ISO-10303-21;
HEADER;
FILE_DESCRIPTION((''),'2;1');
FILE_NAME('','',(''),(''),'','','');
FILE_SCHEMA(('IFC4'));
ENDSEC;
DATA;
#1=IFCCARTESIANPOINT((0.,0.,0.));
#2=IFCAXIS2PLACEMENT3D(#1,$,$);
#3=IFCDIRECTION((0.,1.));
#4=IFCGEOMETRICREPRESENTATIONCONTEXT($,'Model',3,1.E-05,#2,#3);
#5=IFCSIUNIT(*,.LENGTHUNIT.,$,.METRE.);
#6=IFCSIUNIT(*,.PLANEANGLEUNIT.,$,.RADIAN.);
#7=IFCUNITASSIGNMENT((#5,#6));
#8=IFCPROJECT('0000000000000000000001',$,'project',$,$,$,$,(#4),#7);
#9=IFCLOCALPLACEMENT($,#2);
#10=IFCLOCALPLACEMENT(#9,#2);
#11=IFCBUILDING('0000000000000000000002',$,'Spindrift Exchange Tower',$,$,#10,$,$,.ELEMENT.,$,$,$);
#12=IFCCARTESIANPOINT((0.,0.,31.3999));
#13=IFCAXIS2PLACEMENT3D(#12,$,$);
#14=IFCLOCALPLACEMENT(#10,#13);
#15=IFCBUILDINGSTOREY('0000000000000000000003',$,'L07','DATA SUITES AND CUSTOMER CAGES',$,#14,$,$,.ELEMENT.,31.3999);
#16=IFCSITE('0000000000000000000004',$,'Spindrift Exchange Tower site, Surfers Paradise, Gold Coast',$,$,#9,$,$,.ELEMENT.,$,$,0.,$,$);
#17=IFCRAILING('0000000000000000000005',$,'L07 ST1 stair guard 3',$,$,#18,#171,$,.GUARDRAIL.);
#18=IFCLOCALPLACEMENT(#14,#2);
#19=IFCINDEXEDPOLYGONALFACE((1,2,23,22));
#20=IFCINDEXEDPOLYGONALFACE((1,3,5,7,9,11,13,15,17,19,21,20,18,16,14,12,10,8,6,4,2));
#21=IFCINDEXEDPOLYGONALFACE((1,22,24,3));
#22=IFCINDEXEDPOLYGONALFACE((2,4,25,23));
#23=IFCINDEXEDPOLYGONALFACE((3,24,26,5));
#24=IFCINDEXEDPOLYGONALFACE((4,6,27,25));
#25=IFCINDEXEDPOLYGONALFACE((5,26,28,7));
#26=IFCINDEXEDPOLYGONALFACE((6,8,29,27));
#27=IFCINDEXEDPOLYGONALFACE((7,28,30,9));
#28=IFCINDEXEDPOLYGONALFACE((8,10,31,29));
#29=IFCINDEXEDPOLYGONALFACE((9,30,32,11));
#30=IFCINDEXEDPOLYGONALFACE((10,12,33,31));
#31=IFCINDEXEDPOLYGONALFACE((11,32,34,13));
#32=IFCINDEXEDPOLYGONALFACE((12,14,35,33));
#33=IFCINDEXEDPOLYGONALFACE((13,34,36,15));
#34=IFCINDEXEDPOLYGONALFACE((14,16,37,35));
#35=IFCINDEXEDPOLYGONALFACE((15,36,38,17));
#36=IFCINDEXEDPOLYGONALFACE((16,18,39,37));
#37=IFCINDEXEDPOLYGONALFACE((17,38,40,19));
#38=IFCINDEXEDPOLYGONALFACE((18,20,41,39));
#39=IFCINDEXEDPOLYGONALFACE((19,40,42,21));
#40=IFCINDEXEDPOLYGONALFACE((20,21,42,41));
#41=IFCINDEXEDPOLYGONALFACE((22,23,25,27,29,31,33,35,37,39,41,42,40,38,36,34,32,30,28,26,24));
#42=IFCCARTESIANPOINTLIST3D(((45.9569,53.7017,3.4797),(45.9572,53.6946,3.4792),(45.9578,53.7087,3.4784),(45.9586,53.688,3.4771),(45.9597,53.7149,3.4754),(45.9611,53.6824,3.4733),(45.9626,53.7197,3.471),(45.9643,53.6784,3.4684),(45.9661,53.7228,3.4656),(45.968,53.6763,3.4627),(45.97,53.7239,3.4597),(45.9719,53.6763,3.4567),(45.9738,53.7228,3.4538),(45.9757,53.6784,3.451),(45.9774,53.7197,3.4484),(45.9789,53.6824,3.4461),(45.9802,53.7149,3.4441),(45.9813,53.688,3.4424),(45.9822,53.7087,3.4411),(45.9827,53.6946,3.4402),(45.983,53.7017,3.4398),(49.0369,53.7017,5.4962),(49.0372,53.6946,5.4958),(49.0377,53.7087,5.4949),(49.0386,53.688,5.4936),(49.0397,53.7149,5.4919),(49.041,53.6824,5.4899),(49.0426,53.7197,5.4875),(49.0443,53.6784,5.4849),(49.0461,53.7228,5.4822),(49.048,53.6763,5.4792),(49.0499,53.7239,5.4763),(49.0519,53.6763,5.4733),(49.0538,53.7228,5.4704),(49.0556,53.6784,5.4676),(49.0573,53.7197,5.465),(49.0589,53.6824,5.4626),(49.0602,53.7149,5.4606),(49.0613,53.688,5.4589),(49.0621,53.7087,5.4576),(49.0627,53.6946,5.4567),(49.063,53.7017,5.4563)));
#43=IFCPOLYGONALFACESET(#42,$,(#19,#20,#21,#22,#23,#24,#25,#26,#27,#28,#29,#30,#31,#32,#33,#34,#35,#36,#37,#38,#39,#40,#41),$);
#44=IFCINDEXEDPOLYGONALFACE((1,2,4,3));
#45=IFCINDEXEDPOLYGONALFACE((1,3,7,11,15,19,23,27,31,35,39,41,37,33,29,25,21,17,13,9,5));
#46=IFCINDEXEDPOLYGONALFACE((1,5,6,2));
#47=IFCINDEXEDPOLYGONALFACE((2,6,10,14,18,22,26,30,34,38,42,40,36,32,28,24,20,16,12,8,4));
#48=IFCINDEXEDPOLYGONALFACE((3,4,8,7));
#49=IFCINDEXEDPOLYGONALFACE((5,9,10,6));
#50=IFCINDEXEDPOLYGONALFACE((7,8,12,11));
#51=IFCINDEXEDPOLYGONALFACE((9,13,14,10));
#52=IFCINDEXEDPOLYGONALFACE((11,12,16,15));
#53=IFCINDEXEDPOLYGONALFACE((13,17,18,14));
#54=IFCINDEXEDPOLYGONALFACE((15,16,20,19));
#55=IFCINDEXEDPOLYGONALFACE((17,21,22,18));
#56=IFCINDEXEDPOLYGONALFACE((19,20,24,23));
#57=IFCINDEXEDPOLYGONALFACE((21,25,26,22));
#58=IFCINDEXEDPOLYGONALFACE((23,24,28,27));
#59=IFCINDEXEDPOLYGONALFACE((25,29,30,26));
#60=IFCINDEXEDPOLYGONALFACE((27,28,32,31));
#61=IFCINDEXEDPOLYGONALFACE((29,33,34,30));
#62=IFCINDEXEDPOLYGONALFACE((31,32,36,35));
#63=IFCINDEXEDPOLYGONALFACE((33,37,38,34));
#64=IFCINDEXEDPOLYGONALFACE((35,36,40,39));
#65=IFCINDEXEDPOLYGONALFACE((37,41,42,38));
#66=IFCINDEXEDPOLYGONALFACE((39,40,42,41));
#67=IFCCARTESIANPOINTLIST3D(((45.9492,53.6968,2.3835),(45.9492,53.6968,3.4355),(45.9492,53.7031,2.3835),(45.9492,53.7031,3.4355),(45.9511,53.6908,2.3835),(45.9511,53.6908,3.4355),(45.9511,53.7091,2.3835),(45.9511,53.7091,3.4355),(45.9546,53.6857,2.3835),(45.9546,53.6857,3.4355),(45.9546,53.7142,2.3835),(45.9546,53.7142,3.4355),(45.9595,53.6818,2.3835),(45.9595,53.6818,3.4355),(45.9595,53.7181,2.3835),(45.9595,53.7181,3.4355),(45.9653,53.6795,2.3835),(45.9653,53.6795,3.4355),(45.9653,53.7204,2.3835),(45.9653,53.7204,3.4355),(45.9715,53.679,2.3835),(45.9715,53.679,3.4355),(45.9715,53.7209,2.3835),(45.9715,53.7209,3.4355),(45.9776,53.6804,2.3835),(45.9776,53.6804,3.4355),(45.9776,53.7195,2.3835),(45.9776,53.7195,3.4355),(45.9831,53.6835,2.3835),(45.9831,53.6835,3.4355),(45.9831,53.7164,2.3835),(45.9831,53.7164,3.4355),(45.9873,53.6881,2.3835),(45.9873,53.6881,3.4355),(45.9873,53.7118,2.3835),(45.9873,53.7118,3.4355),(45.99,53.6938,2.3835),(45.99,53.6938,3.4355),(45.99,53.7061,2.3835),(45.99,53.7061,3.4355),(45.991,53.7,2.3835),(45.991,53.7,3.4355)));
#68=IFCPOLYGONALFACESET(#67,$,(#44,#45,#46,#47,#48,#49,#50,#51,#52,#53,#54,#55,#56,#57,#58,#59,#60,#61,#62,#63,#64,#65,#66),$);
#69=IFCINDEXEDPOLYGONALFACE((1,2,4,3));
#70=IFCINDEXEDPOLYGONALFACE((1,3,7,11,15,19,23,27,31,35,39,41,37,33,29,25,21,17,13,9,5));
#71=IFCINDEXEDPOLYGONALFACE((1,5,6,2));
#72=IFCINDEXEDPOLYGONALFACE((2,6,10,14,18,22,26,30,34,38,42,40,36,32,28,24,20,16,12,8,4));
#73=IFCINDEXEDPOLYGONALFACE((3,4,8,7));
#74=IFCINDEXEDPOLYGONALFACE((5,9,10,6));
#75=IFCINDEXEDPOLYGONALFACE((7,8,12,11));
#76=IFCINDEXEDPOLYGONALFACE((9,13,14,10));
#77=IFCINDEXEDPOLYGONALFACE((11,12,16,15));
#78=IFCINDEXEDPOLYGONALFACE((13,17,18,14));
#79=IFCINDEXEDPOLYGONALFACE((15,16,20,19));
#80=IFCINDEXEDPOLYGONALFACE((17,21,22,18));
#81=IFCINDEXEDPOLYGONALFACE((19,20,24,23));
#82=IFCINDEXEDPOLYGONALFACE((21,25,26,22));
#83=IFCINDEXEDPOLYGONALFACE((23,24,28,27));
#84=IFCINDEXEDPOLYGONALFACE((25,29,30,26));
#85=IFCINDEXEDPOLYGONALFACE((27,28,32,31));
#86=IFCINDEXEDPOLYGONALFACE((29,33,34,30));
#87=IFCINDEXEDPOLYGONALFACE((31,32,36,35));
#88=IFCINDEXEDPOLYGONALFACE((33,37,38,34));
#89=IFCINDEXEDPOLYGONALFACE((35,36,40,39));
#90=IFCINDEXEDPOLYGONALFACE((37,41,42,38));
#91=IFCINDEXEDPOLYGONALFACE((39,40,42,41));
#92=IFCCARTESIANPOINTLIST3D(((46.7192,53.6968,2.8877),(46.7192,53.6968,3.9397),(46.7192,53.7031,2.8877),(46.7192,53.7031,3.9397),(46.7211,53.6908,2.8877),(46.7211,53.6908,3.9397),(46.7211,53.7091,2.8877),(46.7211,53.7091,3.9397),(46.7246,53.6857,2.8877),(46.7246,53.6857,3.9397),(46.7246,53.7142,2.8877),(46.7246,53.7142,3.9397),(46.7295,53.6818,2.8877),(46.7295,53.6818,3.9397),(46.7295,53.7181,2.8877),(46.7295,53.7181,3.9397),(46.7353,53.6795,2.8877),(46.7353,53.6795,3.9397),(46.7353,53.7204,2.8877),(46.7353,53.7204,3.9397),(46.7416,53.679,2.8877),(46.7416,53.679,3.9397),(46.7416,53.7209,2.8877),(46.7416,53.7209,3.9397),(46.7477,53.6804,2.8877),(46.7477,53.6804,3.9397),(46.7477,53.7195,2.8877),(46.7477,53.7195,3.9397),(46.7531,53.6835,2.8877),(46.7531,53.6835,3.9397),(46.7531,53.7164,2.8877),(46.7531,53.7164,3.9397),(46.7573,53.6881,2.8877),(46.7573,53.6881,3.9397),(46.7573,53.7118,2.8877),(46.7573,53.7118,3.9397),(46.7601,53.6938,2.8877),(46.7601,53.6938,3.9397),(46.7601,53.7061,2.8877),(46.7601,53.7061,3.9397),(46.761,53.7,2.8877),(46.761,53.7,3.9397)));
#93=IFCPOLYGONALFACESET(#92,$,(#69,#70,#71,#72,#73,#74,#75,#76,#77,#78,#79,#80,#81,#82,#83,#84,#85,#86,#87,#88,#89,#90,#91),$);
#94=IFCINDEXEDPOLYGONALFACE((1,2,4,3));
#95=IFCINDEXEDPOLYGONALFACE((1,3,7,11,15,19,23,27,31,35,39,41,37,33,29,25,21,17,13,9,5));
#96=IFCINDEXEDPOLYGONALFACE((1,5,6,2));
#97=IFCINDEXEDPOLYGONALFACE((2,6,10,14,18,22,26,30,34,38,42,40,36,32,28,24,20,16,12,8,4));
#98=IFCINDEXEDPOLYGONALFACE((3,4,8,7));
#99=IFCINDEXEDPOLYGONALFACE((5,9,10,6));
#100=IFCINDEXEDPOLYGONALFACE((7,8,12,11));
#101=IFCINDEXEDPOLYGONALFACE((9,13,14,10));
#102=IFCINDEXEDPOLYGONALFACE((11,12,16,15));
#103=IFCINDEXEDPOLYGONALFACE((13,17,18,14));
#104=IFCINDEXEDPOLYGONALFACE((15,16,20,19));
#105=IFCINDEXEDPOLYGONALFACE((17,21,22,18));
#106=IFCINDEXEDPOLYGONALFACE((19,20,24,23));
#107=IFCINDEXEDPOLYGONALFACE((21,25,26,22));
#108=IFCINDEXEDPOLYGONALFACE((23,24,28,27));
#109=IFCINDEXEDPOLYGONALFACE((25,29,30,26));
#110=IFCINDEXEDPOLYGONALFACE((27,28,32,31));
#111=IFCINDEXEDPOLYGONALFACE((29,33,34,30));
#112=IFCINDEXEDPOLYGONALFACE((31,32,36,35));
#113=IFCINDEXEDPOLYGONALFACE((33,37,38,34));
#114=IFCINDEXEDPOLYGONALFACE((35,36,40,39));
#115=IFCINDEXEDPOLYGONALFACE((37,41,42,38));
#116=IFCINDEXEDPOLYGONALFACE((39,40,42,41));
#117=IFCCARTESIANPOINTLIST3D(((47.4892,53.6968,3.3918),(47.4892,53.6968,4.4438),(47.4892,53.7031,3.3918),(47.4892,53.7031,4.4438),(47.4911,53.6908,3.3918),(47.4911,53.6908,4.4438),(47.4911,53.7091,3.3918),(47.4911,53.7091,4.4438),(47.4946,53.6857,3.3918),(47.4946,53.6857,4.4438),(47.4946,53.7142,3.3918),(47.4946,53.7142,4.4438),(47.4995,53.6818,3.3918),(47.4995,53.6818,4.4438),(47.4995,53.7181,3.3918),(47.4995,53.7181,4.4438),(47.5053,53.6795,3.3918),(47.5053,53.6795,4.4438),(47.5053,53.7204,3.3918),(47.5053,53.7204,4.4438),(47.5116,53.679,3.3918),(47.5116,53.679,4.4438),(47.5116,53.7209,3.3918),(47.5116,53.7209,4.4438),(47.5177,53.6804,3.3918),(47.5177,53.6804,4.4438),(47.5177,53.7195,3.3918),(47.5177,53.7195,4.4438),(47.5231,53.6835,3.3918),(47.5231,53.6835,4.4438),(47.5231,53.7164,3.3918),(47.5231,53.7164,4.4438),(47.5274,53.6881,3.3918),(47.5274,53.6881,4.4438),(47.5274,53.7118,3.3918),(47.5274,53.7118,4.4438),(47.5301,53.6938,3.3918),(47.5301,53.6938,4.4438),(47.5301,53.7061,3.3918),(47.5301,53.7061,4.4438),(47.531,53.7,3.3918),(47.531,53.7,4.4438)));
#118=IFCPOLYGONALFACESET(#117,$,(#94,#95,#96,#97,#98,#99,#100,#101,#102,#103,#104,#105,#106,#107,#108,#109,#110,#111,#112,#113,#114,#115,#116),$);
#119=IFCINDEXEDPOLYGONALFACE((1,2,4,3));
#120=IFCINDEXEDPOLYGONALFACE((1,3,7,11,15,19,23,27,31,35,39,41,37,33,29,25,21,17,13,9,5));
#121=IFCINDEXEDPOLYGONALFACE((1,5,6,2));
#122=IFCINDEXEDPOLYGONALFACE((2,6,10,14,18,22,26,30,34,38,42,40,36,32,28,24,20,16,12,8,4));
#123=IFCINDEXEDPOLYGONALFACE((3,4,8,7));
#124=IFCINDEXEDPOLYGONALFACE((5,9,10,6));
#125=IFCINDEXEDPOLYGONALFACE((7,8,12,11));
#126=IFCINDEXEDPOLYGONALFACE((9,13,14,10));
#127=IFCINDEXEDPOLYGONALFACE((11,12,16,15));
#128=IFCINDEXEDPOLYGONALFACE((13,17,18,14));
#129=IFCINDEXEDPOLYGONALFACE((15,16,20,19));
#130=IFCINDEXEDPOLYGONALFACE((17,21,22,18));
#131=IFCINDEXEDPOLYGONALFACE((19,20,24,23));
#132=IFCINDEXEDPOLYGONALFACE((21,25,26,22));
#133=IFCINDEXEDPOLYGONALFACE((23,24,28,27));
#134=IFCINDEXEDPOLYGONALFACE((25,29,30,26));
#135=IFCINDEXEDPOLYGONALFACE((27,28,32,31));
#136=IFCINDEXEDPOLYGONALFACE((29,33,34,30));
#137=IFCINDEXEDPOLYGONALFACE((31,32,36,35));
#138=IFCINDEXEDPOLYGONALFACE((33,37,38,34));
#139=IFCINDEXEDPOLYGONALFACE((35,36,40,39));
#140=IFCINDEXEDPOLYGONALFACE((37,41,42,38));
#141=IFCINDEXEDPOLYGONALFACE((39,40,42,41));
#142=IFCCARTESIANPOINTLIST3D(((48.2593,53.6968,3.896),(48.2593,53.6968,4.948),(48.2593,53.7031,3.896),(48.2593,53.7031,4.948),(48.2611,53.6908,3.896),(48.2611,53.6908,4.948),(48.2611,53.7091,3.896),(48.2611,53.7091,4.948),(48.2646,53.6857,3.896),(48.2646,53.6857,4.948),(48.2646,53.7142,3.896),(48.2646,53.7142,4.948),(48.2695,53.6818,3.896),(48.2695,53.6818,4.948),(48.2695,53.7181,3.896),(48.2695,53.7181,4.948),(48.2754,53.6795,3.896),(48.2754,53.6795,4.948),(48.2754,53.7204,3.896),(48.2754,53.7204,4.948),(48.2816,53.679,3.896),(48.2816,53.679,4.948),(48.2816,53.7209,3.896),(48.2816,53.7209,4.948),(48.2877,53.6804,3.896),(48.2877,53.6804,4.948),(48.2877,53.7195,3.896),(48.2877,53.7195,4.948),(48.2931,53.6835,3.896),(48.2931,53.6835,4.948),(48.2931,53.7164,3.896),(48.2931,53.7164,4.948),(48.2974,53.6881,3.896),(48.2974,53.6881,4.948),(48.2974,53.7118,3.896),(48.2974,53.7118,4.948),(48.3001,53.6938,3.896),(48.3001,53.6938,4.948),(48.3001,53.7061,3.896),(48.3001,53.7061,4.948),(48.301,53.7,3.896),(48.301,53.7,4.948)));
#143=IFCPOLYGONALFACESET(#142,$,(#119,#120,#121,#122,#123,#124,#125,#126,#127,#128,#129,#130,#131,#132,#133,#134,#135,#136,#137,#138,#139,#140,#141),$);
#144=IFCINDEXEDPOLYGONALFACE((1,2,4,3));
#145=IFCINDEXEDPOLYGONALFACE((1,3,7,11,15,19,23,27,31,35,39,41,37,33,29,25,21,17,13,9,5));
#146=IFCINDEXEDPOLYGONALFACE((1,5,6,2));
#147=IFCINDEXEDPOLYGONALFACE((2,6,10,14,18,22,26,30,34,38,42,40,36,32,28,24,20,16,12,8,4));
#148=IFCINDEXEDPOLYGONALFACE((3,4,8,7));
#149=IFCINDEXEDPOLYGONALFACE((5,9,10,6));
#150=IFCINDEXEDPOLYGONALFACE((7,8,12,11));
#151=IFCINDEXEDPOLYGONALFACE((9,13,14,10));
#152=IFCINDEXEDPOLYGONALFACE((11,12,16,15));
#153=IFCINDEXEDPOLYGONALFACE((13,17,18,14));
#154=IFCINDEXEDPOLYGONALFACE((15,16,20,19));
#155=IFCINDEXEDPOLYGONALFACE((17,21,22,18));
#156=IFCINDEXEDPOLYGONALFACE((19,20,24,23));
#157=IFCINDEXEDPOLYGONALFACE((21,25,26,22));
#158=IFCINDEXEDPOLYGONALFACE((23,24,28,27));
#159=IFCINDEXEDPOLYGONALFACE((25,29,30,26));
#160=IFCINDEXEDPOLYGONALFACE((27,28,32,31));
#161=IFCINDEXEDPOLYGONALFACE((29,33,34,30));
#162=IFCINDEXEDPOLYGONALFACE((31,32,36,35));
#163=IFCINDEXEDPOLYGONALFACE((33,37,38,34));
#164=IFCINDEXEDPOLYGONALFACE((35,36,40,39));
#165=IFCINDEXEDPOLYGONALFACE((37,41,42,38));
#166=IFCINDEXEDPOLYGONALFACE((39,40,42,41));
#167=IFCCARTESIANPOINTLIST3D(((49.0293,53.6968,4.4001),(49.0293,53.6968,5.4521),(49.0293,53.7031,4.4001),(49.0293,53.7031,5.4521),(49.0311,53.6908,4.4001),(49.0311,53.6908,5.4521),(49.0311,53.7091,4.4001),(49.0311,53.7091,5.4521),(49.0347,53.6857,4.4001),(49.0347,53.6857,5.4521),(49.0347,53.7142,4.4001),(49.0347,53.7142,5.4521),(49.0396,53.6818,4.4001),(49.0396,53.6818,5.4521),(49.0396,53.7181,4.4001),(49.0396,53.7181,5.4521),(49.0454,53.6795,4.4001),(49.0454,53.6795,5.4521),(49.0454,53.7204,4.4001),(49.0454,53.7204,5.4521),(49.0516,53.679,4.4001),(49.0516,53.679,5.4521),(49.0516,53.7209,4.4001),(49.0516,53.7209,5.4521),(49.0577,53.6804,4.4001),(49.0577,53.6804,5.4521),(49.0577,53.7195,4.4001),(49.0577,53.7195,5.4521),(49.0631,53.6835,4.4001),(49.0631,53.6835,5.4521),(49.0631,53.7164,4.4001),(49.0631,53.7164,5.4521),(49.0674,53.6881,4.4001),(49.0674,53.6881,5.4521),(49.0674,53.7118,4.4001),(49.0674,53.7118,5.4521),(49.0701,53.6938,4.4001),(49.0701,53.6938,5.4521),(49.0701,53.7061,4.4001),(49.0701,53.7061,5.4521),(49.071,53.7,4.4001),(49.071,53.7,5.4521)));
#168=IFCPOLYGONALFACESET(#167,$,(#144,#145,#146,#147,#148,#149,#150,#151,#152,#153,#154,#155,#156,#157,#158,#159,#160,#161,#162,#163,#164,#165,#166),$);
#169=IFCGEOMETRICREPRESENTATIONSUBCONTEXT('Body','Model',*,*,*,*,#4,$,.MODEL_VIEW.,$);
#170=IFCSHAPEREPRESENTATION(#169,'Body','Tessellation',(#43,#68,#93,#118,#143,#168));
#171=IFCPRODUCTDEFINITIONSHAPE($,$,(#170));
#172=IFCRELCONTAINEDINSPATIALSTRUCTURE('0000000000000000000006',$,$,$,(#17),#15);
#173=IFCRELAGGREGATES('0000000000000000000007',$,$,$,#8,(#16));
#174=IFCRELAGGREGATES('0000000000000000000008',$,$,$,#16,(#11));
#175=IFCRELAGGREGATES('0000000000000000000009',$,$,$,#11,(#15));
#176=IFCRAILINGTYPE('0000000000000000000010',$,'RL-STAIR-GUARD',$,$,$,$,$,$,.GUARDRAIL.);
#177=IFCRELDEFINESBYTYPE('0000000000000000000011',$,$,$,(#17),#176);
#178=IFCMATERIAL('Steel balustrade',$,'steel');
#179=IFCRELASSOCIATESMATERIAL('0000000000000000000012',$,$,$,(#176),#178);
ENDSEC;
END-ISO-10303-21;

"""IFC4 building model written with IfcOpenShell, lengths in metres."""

from ifc_helpers import new_model, si_unit, direction, frame, origin, origin_2d, place, context, subcontext, project, spatial, circle, extrude, material, type_object, element, save


model = new_model("IFC4")

# Units and contexts
model_context = context("Model", 3, precision=1e-05, world=origin(), true_north=direction((0.0, 1.0)))
body_context = subcontext(model_context, "Body", "Model", "MODEL_VIEW")
ifc_project = project(units=[si_unit("LENGTHUNIT", "METRE"), si_unit("PLANEANGLEUNIT", "RADIAN")], contexts=[model_context])

# Site, building, storey
site_placement = place(None, origin())
site = spatial("IfcSite", under=ifc_project, at=site_placement, Name="Spindrift Exchange Tower site, Surfers Paradise, Gold Coast", CompositionType="ELEMENT", RefElevation=0.0)
building_placement = place(site_placement, origin())
building = spatial("IfcBuilding", under=site, at=building_placement, Name="Spindrift Exchange Tower", CompositionType="ELEMENT")
storey_placement = place(building_placement, frame((0.0, 0.0, 31.3999)))
storey = spatial("IfcBuildingStorey", under=building, at=storey_placement, Name="L07", Description="DATA SUITES AND CUSTOMER CAGES", CompositionType="ELEMENT", Elevation=31.3999)

# Railing
ifc_material_1 = material(Name="Steel balustrade", Category="steel")
railing_type_1 = type_object("IfcRailingType", Name="RL-STAIR-GUARD", PredefinedType="GUARDRAIL", material=ifc_material_1)
railing_1_placement = place(storey_placement, frame((45.97, 53.7, 2.3835)))
element("IfcRailing", 1, at=railing_1_placement, inside=storey, type_object=railing_type_1, Name="L07 ST1 stair guard 3", PredefinedType="GUARDRAIL", context=body_context, shape_type="SweptSolid", body=[
    extrude(circle(Radius=0.0239, at=origin_2d()), frame((0.0, 0.0, 1.0762), z_axis=(0.836633, 0.0, 0.547764), x_axis=(0.0, 1.0, 0.0)), (0.0, 0.0, 1.0), 3.6814),
    extrude(circle(Radius=0.021, at=origin_2d()), origin(), (0.0, 0.0, 1.0), 1.052),
    extrude(circle(Radius=0.021, at=origin_2d()), frame((0.77, 0.0, 0.5042)), (0.0, 0.0, 1.0), 1.052),
    extrude(circle(Radius=0.021, at=origin_2d()), frame((1.54, 0.0, 1.0083)), (0.0, 0.0, 1.0), 1.052),
    extrude(circle(Radius=0.021, at=origin_2d()), frame((2.3101, 0.0, 1.5125)), (0.0, 0.0, 1.0), 1.052),
    extrude(circle(Radius=0.021, at=origin_2d()), frame((3.0801, 0.0, 2.0166)), (0.0, 0.0, 1.0), 1.052),
])

save(model, "model.ifc")
